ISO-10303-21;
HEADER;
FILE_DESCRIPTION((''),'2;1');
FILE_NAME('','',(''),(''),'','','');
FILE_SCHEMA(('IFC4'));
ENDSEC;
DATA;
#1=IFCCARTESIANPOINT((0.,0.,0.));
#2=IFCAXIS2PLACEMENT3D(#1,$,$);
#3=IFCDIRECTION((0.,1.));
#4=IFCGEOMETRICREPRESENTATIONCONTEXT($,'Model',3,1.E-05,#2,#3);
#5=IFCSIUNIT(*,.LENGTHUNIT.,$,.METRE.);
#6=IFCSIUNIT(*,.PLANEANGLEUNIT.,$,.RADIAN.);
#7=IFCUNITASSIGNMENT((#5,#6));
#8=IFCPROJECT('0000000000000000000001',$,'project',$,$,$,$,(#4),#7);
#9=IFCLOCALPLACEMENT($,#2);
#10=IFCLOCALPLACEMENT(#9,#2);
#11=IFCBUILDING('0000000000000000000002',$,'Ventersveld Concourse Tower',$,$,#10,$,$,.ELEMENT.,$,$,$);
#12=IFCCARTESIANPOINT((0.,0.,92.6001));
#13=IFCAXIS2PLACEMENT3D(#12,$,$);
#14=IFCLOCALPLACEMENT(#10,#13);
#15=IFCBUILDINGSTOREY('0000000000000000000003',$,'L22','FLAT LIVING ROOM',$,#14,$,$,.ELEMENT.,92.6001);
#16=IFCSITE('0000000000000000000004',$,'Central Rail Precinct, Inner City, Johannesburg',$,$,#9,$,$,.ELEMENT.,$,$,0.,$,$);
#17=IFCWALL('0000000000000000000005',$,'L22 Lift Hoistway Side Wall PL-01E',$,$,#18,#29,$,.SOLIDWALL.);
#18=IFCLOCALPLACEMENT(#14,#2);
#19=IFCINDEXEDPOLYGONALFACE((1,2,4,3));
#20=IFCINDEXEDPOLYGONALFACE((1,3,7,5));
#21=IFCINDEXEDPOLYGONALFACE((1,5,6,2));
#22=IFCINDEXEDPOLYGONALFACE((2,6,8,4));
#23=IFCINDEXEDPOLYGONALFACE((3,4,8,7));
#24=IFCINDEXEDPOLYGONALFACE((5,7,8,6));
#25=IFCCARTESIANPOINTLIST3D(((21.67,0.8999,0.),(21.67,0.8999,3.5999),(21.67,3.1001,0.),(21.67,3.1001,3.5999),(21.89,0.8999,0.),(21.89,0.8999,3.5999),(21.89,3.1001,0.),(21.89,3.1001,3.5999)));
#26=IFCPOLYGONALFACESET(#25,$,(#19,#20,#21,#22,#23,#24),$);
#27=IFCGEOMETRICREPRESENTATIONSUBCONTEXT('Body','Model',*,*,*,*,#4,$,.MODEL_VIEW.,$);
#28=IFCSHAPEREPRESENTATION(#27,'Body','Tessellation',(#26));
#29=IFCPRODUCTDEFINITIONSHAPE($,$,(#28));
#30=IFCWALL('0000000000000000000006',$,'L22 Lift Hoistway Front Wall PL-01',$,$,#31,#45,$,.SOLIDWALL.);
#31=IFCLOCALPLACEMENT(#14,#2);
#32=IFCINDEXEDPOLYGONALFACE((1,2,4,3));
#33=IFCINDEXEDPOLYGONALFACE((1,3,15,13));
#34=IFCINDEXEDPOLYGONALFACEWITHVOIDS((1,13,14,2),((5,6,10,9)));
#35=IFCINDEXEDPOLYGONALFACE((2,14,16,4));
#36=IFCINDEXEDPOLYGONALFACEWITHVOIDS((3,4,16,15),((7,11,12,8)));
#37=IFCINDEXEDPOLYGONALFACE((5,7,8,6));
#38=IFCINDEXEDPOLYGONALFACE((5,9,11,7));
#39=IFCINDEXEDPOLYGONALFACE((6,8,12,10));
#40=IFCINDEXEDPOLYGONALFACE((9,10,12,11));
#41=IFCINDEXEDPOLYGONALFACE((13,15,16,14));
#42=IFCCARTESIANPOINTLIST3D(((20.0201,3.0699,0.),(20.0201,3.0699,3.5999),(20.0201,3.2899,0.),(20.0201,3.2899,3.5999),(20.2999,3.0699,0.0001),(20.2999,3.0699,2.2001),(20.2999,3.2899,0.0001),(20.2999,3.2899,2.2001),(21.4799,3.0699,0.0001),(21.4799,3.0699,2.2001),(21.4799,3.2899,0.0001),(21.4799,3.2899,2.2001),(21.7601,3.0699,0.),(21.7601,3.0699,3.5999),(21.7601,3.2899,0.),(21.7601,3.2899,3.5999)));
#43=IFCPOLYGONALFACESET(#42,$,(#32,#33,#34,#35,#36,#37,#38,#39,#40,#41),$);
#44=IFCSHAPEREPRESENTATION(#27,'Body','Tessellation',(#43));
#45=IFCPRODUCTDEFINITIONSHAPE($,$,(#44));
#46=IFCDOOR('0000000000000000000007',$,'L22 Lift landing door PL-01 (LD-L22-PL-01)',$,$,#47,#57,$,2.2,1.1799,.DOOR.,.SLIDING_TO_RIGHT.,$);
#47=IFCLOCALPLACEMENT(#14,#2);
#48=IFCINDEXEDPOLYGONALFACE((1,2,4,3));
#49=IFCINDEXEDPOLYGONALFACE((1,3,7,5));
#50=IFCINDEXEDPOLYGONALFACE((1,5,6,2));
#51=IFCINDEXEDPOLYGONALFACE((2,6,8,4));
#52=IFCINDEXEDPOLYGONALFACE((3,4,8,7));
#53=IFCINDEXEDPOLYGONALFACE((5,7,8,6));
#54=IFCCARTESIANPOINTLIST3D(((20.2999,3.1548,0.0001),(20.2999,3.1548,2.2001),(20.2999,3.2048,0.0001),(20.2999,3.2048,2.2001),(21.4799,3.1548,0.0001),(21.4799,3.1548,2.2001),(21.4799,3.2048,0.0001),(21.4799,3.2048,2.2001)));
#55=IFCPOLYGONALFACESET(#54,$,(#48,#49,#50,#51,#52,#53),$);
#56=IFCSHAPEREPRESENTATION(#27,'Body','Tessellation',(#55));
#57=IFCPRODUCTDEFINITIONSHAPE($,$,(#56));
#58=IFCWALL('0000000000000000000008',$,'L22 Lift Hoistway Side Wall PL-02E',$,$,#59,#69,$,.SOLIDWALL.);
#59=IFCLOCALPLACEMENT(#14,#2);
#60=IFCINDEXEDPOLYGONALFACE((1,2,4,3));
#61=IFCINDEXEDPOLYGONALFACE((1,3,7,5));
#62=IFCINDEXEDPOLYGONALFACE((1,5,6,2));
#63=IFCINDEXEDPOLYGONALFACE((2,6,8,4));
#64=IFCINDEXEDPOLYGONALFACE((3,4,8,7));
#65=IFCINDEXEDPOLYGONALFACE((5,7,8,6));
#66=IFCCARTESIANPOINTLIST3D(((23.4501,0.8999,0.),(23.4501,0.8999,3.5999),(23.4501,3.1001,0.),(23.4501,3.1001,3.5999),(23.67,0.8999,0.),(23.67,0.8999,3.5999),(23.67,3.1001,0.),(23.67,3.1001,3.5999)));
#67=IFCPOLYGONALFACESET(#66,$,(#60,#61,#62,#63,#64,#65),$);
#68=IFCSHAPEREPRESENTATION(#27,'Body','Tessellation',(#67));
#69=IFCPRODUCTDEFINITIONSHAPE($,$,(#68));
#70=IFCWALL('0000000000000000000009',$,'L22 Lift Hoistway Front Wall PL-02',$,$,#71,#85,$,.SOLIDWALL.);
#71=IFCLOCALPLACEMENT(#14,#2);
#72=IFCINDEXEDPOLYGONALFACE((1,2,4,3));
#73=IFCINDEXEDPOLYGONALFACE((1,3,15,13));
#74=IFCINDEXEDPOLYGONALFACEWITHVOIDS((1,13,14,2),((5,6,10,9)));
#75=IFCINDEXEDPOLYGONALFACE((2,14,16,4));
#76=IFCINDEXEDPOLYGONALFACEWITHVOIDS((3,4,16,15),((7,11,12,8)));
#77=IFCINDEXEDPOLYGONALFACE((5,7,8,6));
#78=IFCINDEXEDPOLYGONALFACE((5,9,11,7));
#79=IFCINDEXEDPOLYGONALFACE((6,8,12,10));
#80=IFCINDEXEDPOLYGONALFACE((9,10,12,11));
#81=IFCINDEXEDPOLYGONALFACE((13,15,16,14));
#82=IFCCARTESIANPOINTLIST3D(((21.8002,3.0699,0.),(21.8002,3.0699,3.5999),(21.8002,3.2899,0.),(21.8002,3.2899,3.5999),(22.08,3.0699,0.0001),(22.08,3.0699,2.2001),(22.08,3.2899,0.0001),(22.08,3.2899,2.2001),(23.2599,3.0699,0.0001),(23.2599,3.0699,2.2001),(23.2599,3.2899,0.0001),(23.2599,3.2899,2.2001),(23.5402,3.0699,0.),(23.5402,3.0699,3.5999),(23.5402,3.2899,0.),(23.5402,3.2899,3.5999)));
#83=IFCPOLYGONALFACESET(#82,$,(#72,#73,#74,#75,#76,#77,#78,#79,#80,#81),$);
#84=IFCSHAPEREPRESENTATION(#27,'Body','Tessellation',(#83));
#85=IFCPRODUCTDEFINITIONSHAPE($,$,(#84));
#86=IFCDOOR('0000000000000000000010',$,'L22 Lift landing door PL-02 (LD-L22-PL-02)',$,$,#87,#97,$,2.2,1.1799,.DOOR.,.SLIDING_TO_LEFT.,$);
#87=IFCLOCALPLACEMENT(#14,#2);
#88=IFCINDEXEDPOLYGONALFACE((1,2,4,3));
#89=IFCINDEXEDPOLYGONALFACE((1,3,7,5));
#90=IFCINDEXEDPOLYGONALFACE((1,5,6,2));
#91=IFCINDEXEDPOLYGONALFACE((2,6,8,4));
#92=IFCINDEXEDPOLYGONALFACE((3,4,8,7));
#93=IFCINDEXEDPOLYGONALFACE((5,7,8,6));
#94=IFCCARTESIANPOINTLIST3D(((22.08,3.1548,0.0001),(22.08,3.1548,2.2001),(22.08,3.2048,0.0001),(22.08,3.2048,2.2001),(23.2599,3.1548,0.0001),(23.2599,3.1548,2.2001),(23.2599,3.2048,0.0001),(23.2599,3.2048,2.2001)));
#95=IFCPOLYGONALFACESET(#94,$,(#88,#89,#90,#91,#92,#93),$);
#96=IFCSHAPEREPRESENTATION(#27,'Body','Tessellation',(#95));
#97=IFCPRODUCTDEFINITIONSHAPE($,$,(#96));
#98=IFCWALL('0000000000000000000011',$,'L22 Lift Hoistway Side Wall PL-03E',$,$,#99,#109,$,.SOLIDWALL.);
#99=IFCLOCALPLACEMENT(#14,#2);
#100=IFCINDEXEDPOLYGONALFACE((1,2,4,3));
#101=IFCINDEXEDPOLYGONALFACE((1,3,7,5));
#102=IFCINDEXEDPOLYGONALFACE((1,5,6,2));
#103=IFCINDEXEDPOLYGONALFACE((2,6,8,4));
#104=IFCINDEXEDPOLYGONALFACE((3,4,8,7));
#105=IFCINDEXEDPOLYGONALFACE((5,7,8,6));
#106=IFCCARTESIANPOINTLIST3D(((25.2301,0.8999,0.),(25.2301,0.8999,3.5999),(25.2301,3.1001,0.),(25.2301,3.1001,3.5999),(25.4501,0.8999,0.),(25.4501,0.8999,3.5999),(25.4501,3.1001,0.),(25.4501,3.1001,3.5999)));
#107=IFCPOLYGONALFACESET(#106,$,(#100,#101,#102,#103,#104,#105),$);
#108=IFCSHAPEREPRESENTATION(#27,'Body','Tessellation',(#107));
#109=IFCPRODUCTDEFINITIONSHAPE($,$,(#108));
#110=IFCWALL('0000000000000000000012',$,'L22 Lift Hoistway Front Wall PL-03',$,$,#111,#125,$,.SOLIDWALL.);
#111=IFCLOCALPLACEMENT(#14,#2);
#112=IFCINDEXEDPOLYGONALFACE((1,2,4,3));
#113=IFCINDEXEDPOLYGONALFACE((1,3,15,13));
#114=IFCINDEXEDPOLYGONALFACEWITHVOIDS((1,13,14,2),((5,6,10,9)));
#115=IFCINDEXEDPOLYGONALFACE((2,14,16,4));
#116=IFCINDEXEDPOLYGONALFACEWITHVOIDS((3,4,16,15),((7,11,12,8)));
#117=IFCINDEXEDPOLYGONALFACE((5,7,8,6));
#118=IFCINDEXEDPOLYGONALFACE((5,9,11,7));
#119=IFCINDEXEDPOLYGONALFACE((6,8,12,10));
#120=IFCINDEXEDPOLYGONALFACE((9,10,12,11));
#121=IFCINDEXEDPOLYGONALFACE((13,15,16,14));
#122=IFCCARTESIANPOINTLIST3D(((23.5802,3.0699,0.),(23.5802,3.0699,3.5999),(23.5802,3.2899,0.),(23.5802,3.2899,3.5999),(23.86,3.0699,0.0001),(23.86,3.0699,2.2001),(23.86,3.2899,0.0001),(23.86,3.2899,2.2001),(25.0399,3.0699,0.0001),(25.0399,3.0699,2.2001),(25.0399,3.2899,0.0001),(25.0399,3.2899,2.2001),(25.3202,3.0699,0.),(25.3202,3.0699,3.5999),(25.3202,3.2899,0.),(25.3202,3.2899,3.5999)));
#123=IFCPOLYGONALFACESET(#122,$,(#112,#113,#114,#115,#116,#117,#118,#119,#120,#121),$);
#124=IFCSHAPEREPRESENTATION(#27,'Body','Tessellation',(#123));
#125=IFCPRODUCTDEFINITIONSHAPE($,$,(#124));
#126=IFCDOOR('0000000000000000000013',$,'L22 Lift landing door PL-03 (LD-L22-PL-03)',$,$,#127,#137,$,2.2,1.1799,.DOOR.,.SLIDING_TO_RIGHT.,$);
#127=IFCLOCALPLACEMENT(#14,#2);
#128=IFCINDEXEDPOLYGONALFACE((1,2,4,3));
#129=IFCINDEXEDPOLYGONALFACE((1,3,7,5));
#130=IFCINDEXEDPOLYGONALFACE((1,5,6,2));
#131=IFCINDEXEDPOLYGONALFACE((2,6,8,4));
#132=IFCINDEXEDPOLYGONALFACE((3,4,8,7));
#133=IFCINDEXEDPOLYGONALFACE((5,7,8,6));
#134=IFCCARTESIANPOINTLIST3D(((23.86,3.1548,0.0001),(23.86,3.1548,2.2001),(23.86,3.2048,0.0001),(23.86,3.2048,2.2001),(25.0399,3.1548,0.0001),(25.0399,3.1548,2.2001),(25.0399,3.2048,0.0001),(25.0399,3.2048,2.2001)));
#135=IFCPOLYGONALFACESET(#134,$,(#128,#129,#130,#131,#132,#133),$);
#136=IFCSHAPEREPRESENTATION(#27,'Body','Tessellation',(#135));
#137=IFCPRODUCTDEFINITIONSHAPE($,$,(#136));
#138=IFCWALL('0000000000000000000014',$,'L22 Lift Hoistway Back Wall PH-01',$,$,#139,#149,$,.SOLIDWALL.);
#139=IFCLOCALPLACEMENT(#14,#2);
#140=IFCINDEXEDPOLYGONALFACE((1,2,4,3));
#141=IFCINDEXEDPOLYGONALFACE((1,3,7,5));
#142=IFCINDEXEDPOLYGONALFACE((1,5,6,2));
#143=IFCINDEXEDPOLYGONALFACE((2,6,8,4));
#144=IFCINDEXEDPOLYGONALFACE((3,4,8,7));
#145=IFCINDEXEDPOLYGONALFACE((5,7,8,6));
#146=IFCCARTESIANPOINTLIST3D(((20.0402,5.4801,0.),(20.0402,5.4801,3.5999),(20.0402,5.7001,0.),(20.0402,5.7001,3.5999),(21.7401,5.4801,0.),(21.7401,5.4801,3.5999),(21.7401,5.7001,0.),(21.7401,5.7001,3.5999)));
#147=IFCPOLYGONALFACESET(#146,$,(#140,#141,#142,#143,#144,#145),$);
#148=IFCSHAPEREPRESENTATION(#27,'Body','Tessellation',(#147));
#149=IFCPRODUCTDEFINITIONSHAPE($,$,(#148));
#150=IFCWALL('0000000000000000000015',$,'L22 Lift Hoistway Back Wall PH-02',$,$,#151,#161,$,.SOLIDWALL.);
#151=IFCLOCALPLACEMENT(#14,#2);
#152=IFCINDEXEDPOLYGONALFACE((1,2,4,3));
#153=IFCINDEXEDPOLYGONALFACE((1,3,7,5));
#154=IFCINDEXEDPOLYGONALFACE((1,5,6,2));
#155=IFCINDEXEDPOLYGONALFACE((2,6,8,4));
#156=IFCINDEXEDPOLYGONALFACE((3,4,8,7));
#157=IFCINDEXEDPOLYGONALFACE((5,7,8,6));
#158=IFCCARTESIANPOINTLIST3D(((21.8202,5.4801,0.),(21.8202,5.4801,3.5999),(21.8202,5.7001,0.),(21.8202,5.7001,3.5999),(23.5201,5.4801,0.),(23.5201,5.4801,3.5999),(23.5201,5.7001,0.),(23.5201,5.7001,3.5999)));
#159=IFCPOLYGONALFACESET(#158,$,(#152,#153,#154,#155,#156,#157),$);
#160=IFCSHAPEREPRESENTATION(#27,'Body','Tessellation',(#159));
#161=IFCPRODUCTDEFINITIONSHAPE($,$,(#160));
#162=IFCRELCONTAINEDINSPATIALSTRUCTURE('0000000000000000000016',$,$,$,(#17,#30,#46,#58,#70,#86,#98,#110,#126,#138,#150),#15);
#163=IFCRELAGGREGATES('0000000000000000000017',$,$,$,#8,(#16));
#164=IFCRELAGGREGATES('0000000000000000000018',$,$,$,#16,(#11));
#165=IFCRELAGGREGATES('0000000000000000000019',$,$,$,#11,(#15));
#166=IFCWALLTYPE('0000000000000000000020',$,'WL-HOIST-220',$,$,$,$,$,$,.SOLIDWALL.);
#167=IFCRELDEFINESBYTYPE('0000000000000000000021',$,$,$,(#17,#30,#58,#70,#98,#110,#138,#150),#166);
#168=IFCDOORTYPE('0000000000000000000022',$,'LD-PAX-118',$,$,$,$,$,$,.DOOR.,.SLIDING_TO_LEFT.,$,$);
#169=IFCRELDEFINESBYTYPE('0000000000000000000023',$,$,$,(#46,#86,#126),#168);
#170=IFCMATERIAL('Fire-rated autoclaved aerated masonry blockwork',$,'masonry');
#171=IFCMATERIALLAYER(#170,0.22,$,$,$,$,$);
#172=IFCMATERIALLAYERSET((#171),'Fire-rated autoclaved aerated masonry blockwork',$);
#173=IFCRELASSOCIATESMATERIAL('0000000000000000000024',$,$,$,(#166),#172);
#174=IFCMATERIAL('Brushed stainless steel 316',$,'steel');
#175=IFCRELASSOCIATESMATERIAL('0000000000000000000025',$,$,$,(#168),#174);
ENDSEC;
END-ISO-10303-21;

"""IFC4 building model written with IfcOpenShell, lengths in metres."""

from ifc_helpers import new_model, si_unit, direction, frame, frame_2d, origin, place, context, subcontext, project, spatial, rectangle, extrude, material, layer, layer_set, type_object, element, fill, save


model = new_model("IFC4")

# Units and contexts
model_context = context("Model", 3, precision=1e-05, world=origin(), true_north=direction((0.0, 1.0)))
body_context = subcontext(model_context, "Body", "Model", "MODEL_VIEW")
ifc_project = project(units=[si_unit("LENGTHUNIT", "METRE"), si_unit("PLANEANGLEUNIT", "RADIAN")], contexts=[model_context])

# Site, building, storey
site_placement = place(None, origin())
site = spatial("IfcSite", under=ifc_project, at=site_placement, Name="Central Rail Precinct, Inner City, Johannesburg", CompositionType="ELEMENT", RefElevation=0.0)
building_placement = place(site_placement, origin())
building = spatial("IfcBuilding", under=site, at=building_placement, Name="Ventersveld Concourse Tower", CompositionType="ELEMENT")
storey_placement = place(building_placement, frame((0.0, 0.0, 92.6001)))
storey = spatial("IfcBuildingStorey", under=building, at=storey_placement, Name="L22", Description="FLAT LIVING ROOM", CompositionType="ELEMENT", Elevation=92.6001)

# Wall
ifc_material_1 = material(Name="Fire-rated autoclaved aerated masonry blockwork", Category="masonry")
ifc_layer_1 = layer(ifc_material_1, 0.22)
ifc_layer_set_1 = layer_set([ifc_layer_1], Name="Fire-rated autoclaved aerated masonry blockwork")
wall_type_1 = type_object("IfcWallType", Name="WL-HOIST-220", PredefinedType="SOLIDWALL", material=ifc_layer_set_1)
wall_1_placement = place(storey_placement, frame((21.78, 0.8999, 0.0), z_axis=(0.0, 0.0, 1.0), x_axis=(0.0, 1.0, 0.0)))
element("IfcWall", 1, at=wall_1_placement, inside=storey, type_object=wall_type_1, Name="L22 Lift Hoistway Side Wall PL-01E", PredefinedType="SOLIDWALL", context=body_context, shape_type="SweptSolid", body=[
    extrude(rectangle(XDim=2.2002, YDim=0.22, at=frame_2d((1.1001, 0.0))), origin(), (0.0, 0.0, 1.0), 3.5999),
])

# Wall, opening, door
wall_2_placement = place(storey_placement, frame((20.02, 3.1799, 0.0), z_axis=(0.0, 0.0, 1.0), x_axis=(1.0, 0.0, 0.0)))
wall_2 = element("IfcWall", 2, at=wall_2_placement, inside=storey, type_object=wall_type_1, Name="L22 Lift Hoistway Front Wall PL-01", PredefinedType="SOLIDWALL", context=body_context, shape_type="SweptSolid", body=[
    extrude(rectangle(XDim=1.74, YDim=0.22, at=frame_2d((0.8701, 0.0))), origin(), (0.0, 0.0, 1.0), 3.5999),
])
opening_1_placement = place(wall_2_placement, frame((0.28, 0.0, 0.0)))
opening_1 = element("IfcOpeningElement", 3, at=opening_1_placement, cuts=wall_2, PredefinedType="OPENING", context=body_context, shape_type="SweptSolid", body=[
    extrude(rectangle(XDim=1.1799, YDim=2.2, at=frame_2d((0.5898, 1.1001))), frame((0.0, 0.1201, 0.0), z_axis=(0.0, -1.0, 0.0), x_axis=(1.0, 0.0, 0.0)), (0.0, 0.0, 1.0), 0.24),
])
ifc_material_2 = material(Name="Brushed stainless steel 316", Category="steel")
door_type = type_object("IfcDoorType", Name="LD-PAX-118", OperationType="SLIDING_TO_LEFT", PredefinedType="DOOR", material=ifc_material_2)
door_1_placement = place(opening_1_placement, origin())
door_1 = element("IfcDoor", 4, at=door_1_placement, inside=storey, type_object=door_type, Name="L22 Lift landing door PL-01 (LD-L22-PL-01)", OperationType="SLIDING_TO_RIGHT", OverallHeight=2.2, OverallWidth=1.1799, PredefinedType="DOOR", context=body_context, shape_type="SweptSolid", body=[
    extrude(rectangle(XDim=1.1799, YDim=2.2, at=frame_2d((0.5898, 1.1001))), frame((0.0, 0.0249, 0.0), z_axis=(0.0, -1.0, 0.0), x_axis=(1.0, 0.0, 0.0)), (0.0, 0.0, 1.0), 0.05),
])
fill(opening_1, door_1)

# Wall
wall_3_placement = place(storey_placement, frame((23.5601, 0.8999, 0.0), z_axis=(0.0, 0.0, 1.0), x_axis=(0.0, 1.0, 0.0)))
element("IfcWall", 5, at=wall_3_placement, inside=storey, type_object=wall_type_1, Name="L22 Lift Hoistway Side Wall PL-02E", PredefinedType="SOLIDWALL", context=body_context, shape_type="SweptSolid", body=[
    extrude(rectangle(XDim=2.2002, YDim=0.22, at=frame_2d((1.1001, 0.0))), origin(), (0.0, 0.0, 1.0), 3.5999),
])

# Wall, opening, door
wall_4_placement = place(storey_placement, frame((21.8, 3.1799, 0.0), z_axis=(0.0, 0.0, 1.0), x_axis=(1.0, 0.0, 0.0)))
wall_4 = element("IfcWall", 6, at=wall_4_placement, inside=storey, type_object=wall_type_1, Name="L22 Lift Hoistway Front Wall PL-02", PredefinedType="SOLIDWALL", context=body_context, shape_type="SweptSolid", body=[
    extrude(rectangle(XDim=1.74, YDim=0.22, at=frame_2d((0.8701, 0.0))), origin(), (0.0, 0.0, 1.0), 3.5999),
])
opening_2_placement = place(wall_4_placement, frame((0.28, 0.0, 0.0)))
opening_2 = element("IfcOpeningElement", 7, at=opening_2_placement, cuts=wall_4, PredefinedType="OPENING", context=body_context, shape_type="SweptSolid", body=[
    extrude(rectangle(XDim=1.1799, YDim=2.2, at=frame_2d((0.5898, 1.1001))), frame((0.0, 0.1201, 0.0), z_axis=(0.0, -1.0, 0.0), x_axis=(1.0, 0.0, 0.0)), (0.0, 0.0, 1.0), 0.24),
])
door_2_placement = place(opening_2_placement, origin())
door_2 = element("IfcDoor", 8, at=door_2_placement, inside=storey, type_object=door_type, Name="L22 Lift landing door PL-02 (LD-L22-PL-02)", OperationType="SLIDING_TO_LEFT", OverallHeight=2.2, OverallWidth=1.1799, PredefinedType="DOOR", context=body_context, shape_type="SweptSolid", body=[
    extrude(rectangle(XDim=1.1799, YDim=2.2, at=frame_2d((0.5898, 1.1001))), frame((0.0, 0.0249, 0.0), z_axis=(0.0, -1.0, 0.0), x_axis=(1.0, 0.0, 0.0)), (0.0, 0.0, 1.0), 0.05),
])
fill(opening_2, door_2)

# Wall
wall_5_placement = place(storey_placement, frame((25.3401, 0.8999, 0.0), z_axis=(0.0, 0.0, 1.0), x_axis=(0.0, 1.0, 0.0)))
element("IfcWall", 9, at=wall_5_placement, inside=storey, type_object=wall_type_1, Name="L22 Lift Hoistway Side Wall PL-03E", PredefinedType="SOLIDWALL", context=body_context, shape_type="SweptSolid", body=[
    extrude(rectangle(XDim=2.2002, YDim=0.22, at=frame_2d((1.1001, 0.0))), origin(), (0.0, 0.0, 1.0), 3.5999),
])

# Wall, opening, door
wall_6_placement = place(storey_placement, frame((23.5801, 3.1799, 0.0), z_axis=(0.0, 0.0, 1.0), x_axis=(1.0, 0.0, 0.0)))
wall_6 = element("IfcWall", 10, at=wall_6_placement, inside=storey, type_object=wall_type_1, Name="L22 Lift Hoistway Front Wall PL-03", PredefinedType="SOLIDWALL", context=body_context, shape_type="SweptSolid", body=[
    extrude(rectangle(XDim=1.74, YDim=0.22, at=frame_2d((0.8701, 0.0))), origin(), (0.0, 0.0, 1.0), 3.5999),
])
opening_3_placement = place(wall_6_placement, frame((0.28, 0.0, 0.0)))
opening_3 = element("IfcOpeningElement", 11, at=opening_3_placement, cuts=wall_6, PredefinedType="OPENING", context=body_context, shape_type="SweptSolid", body=[
    extrude(rectangle(XDim=1.1799, YDim=2.2, at=frame_2d((0.5898, 1.1001))), frame((0.0, 0.1201, 0.0), z_axis=(0.0, -1.0, 0.0), x_axis=(1.0, 0.0, 0.0)), (0.0, 0.0, 1.0), 0.24),
])
door_3_placement = place(opening_3_placement, origin())
door_3 = element("IfcDoor", 12, at=door_3_placement, inside=storey, type_object=door_type, Name="L22 Lift landing door PL-03 (LD-L22-PL-03)", OperationType="SLIDING_TO_RIGHT", OverallHeight=2.2, OverallWidth=1.1799, PredefinedType="DOOR", context=body_context, shape_type="SweptSolid", body=[
    extrude(rectangle(XDim=1.1799, YDim=2.2, at=frame_2d((0.5898, 1.1001))), frame((0.0, 0.0249, 0.0), z_axis=(0.0, -1.0, 0.0), x_axis=(1.0, 0.0, 0.0)), (0.0, 0.0, 1.0), 0.05),
])
fill(opening_3, door_3)

# Walls
for number, where, z_axis, x_axis, name in (
    (13, (20.04, 5.5901, 0.0), (0.0, 0.0, 1.0), (1.0, 0.0, 0.0), "L22 Lift Hoistway Back Wall PH-01"),
    (14, (21.8201, 5.5901, 0.0), (0.0, 0.0, 1.0), (1.0, 0.0, 0.0), "L22 Lift Hoistway Back Wall PH-02"),
):
    element("IfcWall", number, at=place(storey_placement, frame(where, z_axis=z_axis, x_axis=x_axis)), inside=storey, type_object=wall_type_1, Name=name, PredefinedType="SOLIDWALL", context=body_context, shape_type="SweptSolid", body=[
        extrude(rectangle(XDim=1.7, YDim=0.22, at=frame_2d((0.8501, 0.0))), origin(), (0.0, 0.0, 1.0), 3.5999),
    ])

save(model, "model.ifc")
